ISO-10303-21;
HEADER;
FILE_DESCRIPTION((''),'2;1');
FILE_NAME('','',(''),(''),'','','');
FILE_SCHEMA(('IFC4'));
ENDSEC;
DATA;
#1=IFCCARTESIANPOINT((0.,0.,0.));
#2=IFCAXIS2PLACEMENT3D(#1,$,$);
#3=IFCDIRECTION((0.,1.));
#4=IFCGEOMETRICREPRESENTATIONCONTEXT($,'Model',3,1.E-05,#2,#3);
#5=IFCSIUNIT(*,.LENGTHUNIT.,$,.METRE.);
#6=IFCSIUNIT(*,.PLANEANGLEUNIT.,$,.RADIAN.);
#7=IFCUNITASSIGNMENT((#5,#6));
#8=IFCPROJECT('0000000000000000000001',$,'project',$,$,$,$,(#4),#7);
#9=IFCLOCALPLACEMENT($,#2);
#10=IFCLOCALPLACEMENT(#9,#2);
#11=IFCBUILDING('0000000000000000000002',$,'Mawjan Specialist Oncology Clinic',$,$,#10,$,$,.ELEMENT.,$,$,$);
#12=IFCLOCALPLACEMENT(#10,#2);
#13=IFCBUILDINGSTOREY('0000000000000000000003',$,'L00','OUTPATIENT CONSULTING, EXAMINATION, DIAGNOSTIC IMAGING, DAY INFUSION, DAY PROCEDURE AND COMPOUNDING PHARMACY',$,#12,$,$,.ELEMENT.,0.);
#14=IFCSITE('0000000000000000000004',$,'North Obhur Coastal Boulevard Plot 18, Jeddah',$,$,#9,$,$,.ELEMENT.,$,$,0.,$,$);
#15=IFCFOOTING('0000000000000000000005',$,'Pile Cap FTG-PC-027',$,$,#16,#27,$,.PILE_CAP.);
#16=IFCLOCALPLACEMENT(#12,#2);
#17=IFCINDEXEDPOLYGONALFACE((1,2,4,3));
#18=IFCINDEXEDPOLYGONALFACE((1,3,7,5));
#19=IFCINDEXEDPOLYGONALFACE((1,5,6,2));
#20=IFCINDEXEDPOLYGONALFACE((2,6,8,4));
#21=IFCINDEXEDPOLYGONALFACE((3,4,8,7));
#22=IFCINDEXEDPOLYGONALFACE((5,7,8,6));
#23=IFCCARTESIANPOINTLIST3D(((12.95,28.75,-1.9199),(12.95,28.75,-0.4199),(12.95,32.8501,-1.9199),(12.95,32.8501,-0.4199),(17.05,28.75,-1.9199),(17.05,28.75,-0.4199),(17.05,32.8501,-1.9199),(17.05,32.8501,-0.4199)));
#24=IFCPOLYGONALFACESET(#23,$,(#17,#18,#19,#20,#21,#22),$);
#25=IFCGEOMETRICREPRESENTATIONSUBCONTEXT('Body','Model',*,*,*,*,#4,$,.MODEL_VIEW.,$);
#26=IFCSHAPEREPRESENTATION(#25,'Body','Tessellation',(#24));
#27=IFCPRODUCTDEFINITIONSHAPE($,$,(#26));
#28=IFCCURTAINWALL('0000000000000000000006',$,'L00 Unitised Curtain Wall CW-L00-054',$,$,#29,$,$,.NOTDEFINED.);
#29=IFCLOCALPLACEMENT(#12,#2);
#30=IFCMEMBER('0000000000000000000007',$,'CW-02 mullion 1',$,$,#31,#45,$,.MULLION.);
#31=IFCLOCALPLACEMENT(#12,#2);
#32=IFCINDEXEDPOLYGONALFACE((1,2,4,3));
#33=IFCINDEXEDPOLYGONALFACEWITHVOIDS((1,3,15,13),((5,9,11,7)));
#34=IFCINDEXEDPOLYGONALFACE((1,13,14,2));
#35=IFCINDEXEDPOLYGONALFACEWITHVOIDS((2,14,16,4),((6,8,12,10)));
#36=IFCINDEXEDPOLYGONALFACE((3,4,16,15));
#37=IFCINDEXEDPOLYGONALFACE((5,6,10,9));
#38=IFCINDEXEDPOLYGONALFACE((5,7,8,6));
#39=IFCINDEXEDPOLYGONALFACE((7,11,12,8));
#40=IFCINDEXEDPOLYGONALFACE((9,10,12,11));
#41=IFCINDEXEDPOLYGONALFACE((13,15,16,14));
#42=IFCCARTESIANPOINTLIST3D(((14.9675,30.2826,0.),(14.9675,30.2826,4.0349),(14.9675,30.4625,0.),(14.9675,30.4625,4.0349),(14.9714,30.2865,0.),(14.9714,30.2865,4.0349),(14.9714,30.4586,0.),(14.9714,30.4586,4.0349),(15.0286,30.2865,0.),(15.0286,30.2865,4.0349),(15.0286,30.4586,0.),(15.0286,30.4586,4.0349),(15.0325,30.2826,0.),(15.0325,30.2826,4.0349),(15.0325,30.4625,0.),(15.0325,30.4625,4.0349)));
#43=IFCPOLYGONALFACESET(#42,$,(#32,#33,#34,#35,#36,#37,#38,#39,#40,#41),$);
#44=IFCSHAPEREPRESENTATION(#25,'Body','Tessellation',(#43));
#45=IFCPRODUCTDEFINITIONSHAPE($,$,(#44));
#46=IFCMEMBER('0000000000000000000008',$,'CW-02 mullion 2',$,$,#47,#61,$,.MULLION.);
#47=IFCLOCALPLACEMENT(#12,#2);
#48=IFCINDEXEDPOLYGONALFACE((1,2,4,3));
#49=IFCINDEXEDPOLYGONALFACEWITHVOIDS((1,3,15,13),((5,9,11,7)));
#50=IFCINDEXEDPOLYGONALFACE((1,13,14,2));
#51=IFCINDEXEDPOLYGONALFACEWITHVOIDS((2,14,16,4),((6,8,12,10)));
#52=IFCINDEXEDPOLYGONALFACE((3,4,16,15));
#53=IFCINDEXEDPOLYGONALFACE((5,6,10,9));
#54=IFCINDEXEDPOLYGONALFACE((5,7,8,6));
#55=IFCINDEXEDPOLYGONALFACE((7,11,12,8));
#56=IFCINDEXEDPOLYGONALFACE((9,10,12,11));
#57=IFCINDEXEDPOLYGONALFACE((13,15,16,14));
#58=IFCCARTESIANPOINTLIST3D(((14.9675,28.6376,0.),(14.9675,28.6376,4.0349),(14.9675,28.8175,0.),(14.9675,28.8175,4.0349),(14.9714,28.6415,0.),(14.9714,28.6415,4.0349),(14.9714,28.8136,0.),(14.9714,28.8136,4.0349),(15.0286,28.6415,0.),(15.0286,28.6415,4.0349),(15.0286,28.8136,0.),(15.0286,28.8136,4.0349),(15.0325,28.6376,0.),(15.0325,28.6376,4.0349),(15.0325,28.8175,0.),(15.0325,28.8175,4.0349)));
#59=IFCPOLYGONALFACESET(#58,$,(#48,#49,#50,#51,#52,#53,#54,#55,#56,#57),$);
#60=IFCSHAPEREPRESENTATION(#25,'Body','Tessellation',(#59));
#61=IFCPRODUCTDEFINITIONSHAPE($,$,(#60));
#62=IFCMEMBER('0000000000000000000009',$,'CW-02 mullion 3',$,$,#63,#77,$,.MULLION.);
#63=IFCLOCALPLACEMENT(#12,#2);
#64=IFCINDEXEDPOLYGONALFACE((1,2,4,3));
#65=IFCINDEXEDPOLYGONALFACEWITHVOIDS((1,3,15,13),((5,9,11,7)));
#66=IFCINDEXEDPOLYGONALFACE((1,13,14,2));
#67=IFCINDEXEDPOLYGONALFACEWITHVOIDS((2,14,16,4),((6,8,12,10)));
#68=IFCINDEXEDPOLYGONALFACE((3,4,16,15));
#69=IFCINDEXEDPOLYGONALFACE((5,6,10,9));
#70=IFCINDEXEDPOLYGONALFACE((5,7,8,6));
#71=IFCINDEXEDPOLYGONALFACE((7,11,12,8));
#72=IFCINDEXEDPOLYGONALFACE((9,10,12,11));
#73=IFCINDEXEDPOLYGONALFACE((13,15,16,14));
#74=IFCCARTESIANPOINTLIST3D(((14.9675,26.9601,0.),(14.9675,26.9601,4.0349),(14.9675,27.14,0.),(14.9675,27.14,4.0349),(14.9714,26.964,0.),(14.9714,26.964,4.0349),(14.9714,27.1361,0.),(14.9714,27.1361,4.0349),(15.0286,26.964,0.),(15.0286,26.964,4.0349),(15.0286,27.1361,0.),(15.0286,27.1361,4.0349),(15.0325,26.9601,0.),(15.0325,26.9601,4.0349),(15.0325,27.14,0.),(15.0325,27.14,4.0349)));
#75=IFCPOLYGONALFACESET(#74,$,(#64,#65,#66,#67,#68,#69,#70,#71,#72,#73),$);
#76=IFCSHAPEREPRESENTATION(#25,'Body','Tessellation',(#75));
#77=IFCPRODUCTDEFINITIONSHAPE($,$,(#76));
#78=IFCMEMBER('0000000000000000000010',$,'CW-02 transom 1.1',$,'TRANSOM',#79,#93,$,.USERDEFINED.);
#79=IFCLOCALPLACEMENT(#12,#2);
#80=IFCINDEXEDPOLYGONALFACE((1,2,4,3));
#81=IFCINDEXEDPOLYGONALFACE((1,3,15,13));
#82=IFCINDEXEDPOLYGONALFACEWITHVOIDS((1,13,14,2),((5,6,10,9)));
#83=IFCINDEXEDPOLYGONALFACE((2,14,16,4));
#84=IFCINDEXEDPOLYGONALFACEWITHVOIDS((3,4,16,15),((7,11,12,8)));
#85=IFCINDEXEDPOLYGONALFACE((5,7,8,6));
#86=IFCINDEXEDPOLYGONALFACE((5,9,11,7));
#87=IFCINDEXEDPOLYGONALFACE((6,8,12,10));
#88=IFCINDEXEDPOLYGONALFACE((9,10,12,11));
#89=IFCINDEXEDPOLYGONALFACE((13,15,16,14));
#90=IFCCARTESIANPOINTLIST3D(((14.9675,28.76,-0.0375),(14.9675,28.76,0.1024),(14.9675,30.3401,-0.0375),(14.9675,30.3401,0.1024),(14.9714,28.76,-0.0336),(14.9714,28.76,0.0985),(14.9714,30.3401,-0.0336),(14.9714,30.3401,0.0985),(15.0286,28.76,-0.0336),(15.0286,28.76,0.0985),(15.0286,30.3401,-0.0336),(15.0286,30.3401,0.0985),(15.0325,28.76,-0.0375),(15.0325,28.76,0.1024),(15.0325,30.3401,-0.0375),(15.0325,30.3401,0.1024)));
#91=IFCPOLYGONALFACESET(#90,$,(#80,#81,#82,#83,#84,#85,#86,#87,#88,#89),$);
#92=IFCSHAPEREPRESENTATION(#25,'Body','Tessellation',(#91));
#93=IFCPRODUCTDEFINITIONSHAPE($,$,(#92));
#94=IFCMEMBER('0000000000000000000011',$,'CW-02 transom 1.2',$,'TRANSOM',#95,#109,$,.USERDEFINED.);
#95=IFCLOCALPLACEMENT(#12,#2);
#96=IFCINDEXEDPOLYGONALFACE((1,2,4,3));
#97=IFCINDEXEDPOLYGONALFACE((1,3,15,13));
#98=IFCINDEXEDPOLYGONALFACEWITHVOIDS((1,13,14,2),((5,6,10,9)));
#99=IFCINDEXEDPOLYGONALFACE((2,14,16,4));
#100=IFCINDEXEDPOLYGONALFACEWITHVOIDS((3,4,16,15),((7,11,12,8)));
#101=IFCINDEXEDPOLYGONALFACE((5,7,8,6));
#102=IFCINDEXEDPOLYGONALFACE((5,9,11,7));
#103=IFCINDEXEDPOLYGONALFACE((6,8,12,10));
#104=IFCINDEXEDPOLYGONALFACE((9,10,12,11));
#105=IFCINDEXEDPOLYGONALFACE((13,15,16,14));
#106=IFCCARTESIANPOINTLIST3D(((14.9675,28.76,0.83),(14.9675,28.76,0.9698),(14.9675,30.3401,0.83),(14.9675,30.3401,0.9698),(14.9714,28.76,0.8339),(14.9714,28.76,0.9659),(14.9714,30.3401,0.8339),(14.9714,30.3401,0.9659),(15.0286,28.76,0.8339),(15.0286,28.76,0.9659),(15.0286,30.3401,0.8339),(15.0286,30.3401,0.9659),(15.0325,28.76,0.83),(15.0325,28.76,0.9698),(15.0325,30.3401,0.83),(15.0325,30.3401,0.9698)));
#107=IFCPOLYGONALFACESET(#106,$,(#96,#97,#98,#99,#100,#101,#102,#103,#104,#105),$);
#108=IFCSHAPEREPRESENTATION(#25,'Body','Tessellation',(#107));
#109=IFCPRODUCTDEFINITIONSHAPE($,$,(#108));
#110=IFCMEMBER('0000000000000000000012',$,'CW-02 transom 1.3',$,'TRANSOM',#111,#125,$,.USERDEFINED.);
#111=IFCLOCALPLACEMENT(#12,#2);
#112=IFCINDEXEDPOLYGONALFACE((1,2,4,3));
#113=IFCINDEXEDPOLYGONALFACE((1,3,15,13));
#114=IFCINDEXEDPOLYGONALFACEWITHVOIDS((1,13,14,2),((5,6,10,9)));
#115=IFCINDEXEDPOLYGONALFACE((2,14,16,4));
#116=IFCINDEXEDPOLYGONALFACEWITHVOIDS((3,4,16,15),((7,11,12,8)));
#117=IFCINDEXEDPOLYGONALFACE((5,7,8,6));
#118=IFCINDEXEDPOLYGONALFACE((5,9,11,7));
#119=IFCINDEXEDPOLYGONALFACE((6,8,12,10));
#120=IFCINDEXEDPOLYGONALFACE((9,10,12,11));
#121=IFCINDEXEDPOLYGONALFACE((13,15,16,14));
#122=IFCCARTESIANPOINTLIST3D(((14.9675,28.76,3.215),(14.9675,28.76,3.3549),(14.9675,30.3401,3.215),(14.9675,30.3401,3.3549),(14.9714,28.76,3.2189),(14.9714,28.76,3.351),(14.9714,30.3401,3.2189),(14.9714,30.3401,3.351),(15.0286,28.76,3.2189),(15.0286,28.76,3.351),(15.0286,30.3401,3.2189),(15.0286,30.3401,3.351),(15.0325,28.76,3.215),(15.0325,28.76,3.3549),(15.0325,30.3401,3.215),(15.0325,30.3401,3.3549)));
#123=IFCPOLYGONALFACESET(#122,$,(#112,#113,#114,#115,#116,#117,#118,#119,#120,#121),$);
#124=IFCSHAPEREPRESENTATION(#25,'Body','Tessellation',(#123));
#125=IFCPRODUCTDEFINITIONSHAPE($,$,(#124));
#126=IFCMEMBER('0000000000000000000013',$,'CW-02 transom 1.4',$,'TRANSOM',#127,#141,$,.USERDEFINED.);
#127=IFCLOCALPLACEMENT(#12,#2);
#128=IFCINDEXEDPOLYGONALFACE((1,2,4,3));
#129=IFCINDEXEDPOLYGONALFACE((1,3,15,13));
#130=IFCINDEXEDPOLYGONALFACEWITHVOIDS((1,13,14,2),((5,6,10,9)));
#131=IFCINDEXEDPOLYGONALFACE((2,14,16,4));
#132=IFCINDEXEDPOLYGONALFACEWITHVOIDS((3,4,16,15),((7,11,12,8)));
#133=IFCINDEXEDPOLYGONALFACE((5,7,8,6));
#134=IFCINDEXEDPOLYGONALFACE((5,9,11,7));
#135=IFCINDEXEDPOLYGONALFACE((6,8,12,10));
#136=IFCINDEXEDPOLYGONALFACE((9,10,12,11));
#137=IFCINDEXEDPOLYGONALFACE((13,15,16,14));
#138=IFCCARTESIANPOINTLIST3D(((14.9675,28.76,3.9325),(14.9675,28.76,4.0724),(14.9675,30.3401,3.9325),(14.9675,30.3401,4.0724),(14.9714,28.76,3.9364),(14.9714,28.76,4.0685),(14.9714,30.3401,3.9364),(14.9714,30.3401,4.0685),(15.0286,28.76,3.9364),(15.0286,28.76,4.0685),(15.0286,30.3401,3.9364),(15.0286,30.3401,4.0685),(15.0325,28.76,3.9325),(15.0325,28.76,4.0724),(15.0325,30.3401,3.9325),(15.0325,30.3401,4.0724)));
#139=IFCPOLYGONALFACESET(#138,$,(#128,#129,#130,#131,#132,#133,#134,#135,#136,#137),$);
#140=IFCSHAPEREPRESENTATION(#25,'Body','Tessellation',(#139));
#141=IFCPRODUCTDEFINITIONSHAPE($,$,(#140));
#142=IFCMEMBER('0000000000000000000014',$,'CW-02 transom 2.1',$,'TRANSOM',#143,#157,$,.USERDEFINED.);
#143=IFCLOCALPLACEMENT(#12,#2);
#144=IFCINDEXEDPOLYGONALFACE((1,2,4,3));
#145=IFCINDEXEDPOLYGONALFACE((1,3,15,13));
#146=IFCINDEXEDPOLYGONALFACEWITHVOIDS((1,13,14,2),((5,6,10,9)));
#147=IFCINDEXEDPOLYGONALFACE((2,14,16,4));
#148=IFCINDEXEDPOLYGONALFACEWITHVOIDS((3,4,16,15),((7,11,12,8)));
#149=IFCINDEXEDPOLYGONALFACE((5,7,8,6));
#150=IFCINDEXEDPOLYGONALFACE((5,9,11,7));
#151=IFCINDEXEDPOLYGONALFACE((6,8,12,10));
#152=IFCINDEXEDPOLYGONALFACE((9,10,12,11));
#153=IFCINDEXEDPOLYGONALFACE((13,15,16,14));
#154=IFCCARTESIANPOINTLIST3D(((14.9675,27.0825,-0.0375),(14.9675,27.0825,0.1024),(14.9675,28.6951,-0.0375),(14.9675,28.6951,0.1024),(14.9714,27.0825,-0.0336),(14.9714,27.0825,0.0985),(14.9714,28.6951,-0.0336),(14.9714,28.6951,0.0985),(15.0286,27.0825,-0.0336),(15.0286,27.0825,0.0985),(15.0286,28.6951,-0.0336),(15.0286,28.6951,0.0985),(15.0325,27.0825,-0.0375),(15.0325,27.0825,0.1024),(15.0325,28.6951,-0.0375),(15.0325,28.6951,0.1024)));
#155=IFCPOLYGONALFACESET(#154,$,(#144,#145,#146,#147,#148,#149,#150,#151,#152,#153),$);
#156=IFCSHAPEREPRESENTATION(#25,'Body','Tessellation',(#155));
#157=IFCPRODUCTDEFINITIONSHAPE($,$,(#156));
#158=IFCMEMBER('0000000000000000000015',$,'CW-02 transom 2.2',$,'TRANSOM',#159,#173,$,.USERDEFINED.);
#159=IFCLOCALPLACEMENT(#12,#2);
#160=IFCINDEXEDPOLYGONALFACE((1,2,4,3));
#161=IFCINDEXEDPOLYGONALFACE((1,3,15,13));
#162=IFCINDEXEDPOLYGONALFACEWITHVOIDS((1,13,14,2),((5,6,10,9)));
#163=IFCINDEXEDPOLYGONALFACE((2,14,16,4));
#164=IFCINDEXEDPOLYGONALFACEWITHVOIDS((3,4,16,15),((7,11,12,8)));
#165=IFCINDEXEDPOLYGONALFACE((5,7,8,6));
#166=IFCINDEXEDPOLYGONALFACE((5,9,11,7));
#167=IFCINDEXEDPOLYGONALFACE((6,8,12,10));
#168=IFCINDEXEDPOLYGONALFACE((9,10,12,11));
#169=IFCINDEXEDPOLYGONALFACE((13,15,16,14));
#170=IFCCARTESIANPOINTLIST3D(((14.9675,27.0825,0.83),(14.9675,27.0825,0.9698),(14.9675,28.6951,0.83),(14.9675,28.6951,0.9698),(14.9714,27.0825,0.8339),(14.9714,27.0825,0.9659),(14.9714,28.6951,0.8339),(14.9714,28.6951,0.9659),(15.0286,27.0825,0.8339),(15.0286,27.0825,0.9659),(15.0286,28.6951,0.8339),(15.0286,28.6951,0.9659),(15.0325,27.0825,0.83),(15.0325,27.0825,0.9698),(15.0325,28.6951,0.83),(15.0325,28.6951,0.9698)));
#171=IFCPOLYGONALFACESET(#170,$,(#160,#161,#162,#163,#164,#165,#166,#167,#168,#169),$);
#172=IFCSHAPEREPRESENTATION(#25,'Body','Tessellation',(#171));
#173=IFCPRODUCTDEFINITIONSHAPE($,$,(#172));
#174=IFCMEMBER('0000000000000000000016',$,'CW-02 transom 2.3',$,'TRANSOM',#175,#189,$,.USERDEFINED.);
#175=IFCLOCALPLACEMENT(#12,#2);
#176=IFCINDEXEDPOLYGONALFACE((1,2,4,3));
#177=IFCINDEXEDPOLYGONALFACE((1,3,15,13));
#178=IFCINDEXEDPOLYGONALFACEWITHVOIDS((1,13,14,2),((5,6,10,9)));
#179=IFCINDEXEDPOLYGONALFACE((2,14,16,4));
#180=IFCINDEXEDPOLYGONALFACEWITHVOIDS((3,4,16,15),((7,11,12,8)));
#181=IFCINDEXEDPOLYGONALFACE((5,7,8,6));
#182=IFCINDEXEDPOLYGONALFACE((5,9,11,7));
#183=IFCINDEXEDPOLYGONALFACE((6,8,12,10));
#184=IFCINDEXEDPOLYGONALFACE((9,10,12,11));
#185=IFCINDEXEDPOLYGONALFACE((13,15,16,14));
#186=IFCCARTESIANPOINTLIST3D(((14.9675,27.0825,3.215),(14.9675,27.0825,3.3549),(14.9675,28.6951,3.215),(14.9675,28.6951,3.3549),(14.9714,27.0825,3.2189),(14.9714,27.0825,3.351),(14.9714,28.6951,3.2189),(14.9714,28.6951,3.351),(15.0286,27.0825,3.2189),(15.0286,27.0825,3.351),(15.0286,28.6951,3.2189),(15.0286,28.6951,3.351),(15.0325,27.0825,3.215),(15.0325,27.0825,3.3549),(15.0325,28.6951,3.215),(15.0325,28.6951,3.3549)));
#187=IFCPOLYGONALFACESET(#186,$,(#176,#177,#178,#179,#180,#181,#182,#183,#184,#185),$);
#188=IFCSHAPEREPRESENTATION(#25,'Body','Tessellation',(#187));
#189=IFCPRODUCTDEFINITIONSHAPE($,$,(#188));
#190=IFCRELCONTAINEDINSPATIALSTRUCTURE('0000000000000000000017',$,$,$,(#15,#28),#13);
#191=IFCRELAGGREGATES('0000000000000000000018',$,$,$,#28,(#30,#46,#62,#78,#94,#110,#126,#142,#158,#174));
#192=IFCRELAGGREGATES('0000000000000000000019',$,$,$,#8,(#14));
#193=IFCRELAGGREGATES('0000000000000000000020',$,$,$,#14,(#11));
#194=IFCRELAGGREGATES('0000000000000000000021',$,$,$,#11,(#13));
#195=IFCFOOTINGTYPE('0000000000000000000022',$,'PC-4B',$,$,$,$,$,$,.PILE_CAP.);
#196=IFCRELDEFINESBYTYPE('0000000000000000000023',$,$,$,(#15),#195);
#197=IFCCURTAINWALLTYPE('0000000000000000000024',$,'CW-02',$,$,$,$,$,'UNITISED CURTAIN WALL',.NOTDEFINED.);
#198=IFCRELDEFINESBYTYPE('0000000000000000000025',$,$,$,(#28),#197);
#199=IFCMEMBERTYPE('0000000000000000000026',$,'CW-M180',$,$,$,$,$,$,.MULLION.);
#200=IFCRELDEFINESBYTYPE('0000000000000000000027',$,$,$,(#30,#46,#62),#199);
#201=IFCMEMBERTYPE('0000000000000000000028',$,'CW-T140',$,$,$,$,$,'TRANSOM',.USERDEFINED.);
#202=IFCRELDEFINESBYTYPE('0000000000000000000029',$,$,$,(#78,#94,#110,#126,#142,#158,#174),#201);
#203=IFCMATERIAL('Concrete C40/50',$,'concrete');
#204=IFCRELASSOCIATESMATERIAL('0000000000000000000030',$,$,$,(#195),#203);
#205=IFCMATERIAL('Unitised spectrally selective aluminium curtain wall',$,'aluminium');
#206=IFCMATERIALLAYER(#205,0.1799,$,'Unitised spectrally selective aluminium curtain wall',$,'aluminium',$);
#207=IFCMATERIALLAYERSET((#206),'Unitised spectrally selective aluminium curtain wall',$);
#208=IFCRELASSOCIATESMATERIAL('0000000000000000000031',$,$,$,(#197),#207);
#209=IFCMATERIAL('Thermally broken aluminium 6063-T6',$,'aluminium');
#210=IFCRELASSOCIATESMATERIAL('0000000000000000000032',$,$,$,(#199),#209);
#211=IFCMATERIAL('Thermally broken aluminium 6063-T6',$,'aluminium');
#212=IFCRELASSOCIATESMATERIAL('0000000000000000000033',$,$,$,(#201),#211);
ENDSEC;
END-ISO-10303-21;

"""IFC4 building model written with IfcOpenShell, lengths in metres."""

from ifc_helpers import new_model, si_unit, direction, frame, origin, origin_2d, place, context, subcontext, project, spatial, rectangle, hollow_rectangle, extrude, material, layer, layer_set, material_profile, profile_set, type_object, element, aggregate, save


model = new_model("IFC4")

# Units and contexts
model_context = context("Model", 3, precision=1e-05, world=origin(), true_north=direction((0.0, 1.0)))
body_context = subcontext(model_context, "Body", "Model", "MODEL_VIEW")
ifc_project = project(units=[si_unit("LENGTHUNIT", "METRE"), si_unit("PLANEANGLEUNIT", "RADIAN")], contexts=[model_context])

# Site, building, storey
site_placement = place(None, origin())
site = spatial("IfcSite", under=ifc_project, at=site_placement, Name="North Obhur Coastal Boulevard Plot 18, Jeddah", CompositionType="ELEMENT", RefElevation=0.0)
building_placement = place(site_placement, origin())
building = spatial("IfcBuilding", under=site, at=building_placement, Name="Mawjan Specialist Oncology Clinic", CompositionType="ELEMENT")
storey_placement = place(building_placement, origin())
storey = spatial("IfcBuildingStorey", under=building, at=storey_placement, Name="L00", Description="OUTPATIENT CONSULTING, EXAMINATION, DIAGNOSTIC IMAGING, DAY INFUSION, DAY PROCEDURE AND COMPOUNDING PHARMACY", CompositionType="ELEMENT", Elevation=0.0)

# Footing
ifc_material_1 = material(Name="Concrete C40/50", Category="concrete")
footing_type = type_object("IfcFootingType", Name="PC-4B", PredefinedType="PILE_CAP", material=ifc_material_1)
footing_placement = place(storey_placement, frame((15.0, 30.8, -1.9199), z_axis=(0.0, 0.0, 1.0), x_axis=(1.0, 0.0, 0.0)))
element("IfcFooting", 1, at=footing_placement, inside=storey, type_object=footing_type, Name="Pile Cap FTG-PC-027", PredefinedType="PILE_CAP", context=body_context, shape_type="SweptSolid", body=[
    extrude(rectangle(XDim=4.1001, YDim=4.1001, at=origin_2d()), origin(), (0.0, 0.0, 1.0), 1.5),
])

# Curtain wall, members
ifc_material_2 = material(Name="Unitised spectrally selective aluminium curtain wall", Category="aluminium")
ifc_layer_1 = layer(ifc_material_2, 0.1799, Name="Unitised spectrally selective aluminium curtain wall", Category="aluminium")
ifc_layer_set_1 = layer_set([ifc_layer_1], Name="Unitised spectrally selective aluminium curtain wall")
curtain_wall_type = type_object("IfcCurtainWallType", Name="CW-02", ElementType="UNITISED CURTAIN WALL", PredefinedType="NOTDEFINED", material=ifc_layer_set_1)
curtain_wall_placement = place(storey_placement, origin())
curtain_wall = element("IfcCurtainWall", 2, at=curtain_wall_placement, inside=storey, type_object=curtain_wall_type, Name="L00 Unitised Curtain Wall CW-L00-054", PredefinedType="NOTDEFINED")
ifc_material_3 = material(Name="Thermally broken aluminium 6063-T6", Category="aluminium")
ifc_material_profile_1 = material_profile(ifc_material_3, hollow_rectangle(XDim=0.0649, YDim=0.1799, WallThickness=0.0039, at=origin_2d()), Name="ALU MULLION 180x65x4", Category="aluminium")
ifc_profile_set_1 = profile_set([ifc_material_profile_1], Name="Thermally broken aluminium 6063-T6")
member_type_1 = type_object("IfcMemberType", Name="CW-M180", PredefinedType="MULLION", material=ifc_profile_set_1)
member_1_placement = place(storey_placement, frame((15.0, 30.3726, 0.0), z_axis=(0.0, 0.0, 1.0), x_axis=(1.0, 0.0, 0.0)))
member_1 = element("IfcMember", 3, at=member_1_placement, type_object=member_type_1, Name="CW-02 mullion 1", PredefinedType="MULLION", context=body_context, shape_type="SweptSolid", body=[
    extrude(hollow_rectangle(XDim=0.0649, YDim=0.1799, WallThickness=0.0039, at=origin_2d()), origin(), (0.0, 0.0, 1.0), 4.0349),
])
member_2_placement = place(storey_placement, frame((15.0, 28.7275, 0.0), z_axis=(0.0, 0.0, 1.0), x_axis=(1.0, 0.0, 0.0)))
member_2 = element("IfcMember", 4, at=member_2_placement, type_object=member_type_1, Name="CW-02 mullion 2", PredefinedType="MULLION", context=body_context, shape_type="SweptSolid", body=[
    extrude(hollow_rectangle(XDim=0.0649, YDim=0.1799, WallThickness=0.0039, at=origin_2d()), origin(), (0.0, 0.0, 1.0), 4.0349),
])
member_3_placement = place(storey_placement, frame((15.0, 27.05, 0.0), z_axis=(0.0, 0.0, 1.0), x_axis=(1.0, 0.0, 0.0)))
member_3 = element("IfcMember", 5, at=member_3_placement, type_object=member_type_1, Name="CW-02 mullion 3", PredefinedType="MULLION", context=body_context, shape_type="SweptSolid", body=[
    extrude(hollow_rectangle(XDim=0.0649, YDim=0.1799, WallThickness=0.0039, at=origin_2d()), origin(), (0.0, 0.0, 1.0), 4.0349),
])
ifc_material_4 = material(Name="Thermally broken aluminium 6063-T6", Category="aluminium")
ifc_material_profile_2 = material_profile(ifc_material_4, hollow_rectangle(XDim=0.0649, YDim=0.1399, WallThickness=0.0039, at=origin_2d()), Name="ALU TRANSOM 140x65x4", Category="aluminium")
ifc_profile_set_2 = profile_set([ifc_material_profile_2], Name="Thermally broken aluminium 6063-T6")
member_type_2 = type_object("IfcMemberType", Name="CW-T140", ElementType="TRANSOM", PredefinedType="USERDEFINED", material=ifc_profile_set_2)
member_4_placement = place(storey_placement, frame((15.0, 30.3401, 0.0325), z_axis=(0.0, -1.0, 0.0), x_axis=(1.0, 0.0, 0.0)))
member_4 = element("IfcMember", 6, at=member_4_placement, type_object=member_type_2, Name="CW-02 transom 1.1", ObjectType="TRANSOM", PredefinedType="USERDEFINED", context=body_context, shape_type="SweptSolid", body=[
    extrude(hollow_rectangle(XDim=0.0649, YDim=0.1399, WallThickness=0.0039, at=origin_2d()), origin(), (0.0, 0.0, 1.0), 1.5801),
])
member_5_placement = place(storey_placement, frame((15.0, 30.3401, 0.8999), z_axis=(0.0, -1.0, 0.0), x_axis=(1.0, 0.0, 0.0)))
member_5 = element("IfcMember", 7, at=member_5_placement, type_object=member_type_2, Name="CW-02 transom 1.2", ObjectType="TRANSOM", PredefinedType="USERDEFINED", context=body_context, shape_type="SweptSolid", body=[
    extrude(hollow_rectangle(XDim=0.0649, YDim=0.1399, WallThickness=0.0039, at=origin_2d()), origin(), (0.0, 0.0, 1.0), 1.5801),
])
member_6_placement = place(storey_placement, frame((15.0, 30.3401, 3.2849), z_axis=(0.0, -1.0, 0.0), x_axis=(1.0, 0.0, 0.0)))
member_6 = element("IfcMember", 8, at=member_6_placement, type_object=member_type_2, Name="CW-02 transom 1.3", ObjectType="TRANSOM", PredefinedType="USERDEFINED", context=body_context, shape_type="SweptSolid", body=[
    extrude(hollow_rectangle(XDim=0.0649, YDim=0.1399, WallThickness=0.0039, at=origin_2d()), origin(), (0.0, 0.0, 1.0), 1.5801),
])
member_7_placement = place(storey_placement, frame((15.0, 30.3401, 4.0024), z_axis=(0.0, -1.0, 0.0), x_axis=(1.0, 0.0, 0.0)))
member_7 = element("IfcMember", 9, at=member_7_placement, type_object=member_type_2, Name="CW-02 transom 1.4", ObjectType="TRANSOM", PredefinedType="USERDEFINED", context=body_context, shape_type="SweptSolid", body=[
    extrude(hollow_rectangle(XDim=0.0649, YDim=0.1399, WallThickness=0.0039, at=origin_2d()), origin(), (0.0, 0.0, 1.0), 1.5801),
])
member_8_placement = place(storey_placement, frame((15.0, 28.6951, 0.0325), z_axis=(0.0, -1.0, 0.0), x_axis=(1.0, 0.0, 0.0)))
member_8 = element("IfcMember", 10, at=member_8_placement, type_object=member_type_2, Name="CW-02 transom 2.1", ObjectType="TRANSOM", PredefinedType="USERDEFINED", context=body_context, shape_type="SweptSolid", body=[
    extrude(hollow_rectangle(XDim=0.0649, YDim=0.1399, WallThickness=0.0039, at=origin_2d()), origin(), (0.0, 0.0, 1.0), 1.6125),
])
member_9_placement = place(storey_placement, frame((15.0, 28.6951, 0.8999), z_axis=(0.0, -1.0, 0.0), x_axis=(1.0, 0.0, 0.0)))
member_9 = element("IfcMember", 11, at=member_9_placement, type_object=member_type_2, Name="CW-02 transom 2.2", ObjectType="TRANSOM", PredefinedType="USERDEFINED", context=body_context, shape_type="SweptSolid", body=[
    extrude(hollow_rectangle(XDim=0.0649, YDim=0.1399, WallThickness=0.0039, at=origin_2d()), origin(), (0.0, 0.0, 1.0), 1.6125),
])
member_10_placement = place(storey_placement, frame((15.0, 28.6951, 3.2849), z_axis=(0.0, -1.0, 0.0), x_axis=(1.0, 0.0, 0.0)))
member_10 = element("IfcMember", 12, at=member_10_placement, type_object=member_type_2, Name="CW-02 transom 2.3", ObjectType="TRANSOM", PredefinedType="USERDEFINED", context=body_context, shape_type="SweptSolid", body=[
    extrude(hollow_rectangle(XDim=0.0649, YDim=0.1399, WallThickness=0.0039, at=origin_2d()), origin(), (0.0, 0.0, 1.0), 1.6125),
])
aggregate(curtain_wall, [member_1, member_2, member_3, member_4, member_5, member_6, member_7, member_8, member_9, member_10])

save(model, "model.ifc")
